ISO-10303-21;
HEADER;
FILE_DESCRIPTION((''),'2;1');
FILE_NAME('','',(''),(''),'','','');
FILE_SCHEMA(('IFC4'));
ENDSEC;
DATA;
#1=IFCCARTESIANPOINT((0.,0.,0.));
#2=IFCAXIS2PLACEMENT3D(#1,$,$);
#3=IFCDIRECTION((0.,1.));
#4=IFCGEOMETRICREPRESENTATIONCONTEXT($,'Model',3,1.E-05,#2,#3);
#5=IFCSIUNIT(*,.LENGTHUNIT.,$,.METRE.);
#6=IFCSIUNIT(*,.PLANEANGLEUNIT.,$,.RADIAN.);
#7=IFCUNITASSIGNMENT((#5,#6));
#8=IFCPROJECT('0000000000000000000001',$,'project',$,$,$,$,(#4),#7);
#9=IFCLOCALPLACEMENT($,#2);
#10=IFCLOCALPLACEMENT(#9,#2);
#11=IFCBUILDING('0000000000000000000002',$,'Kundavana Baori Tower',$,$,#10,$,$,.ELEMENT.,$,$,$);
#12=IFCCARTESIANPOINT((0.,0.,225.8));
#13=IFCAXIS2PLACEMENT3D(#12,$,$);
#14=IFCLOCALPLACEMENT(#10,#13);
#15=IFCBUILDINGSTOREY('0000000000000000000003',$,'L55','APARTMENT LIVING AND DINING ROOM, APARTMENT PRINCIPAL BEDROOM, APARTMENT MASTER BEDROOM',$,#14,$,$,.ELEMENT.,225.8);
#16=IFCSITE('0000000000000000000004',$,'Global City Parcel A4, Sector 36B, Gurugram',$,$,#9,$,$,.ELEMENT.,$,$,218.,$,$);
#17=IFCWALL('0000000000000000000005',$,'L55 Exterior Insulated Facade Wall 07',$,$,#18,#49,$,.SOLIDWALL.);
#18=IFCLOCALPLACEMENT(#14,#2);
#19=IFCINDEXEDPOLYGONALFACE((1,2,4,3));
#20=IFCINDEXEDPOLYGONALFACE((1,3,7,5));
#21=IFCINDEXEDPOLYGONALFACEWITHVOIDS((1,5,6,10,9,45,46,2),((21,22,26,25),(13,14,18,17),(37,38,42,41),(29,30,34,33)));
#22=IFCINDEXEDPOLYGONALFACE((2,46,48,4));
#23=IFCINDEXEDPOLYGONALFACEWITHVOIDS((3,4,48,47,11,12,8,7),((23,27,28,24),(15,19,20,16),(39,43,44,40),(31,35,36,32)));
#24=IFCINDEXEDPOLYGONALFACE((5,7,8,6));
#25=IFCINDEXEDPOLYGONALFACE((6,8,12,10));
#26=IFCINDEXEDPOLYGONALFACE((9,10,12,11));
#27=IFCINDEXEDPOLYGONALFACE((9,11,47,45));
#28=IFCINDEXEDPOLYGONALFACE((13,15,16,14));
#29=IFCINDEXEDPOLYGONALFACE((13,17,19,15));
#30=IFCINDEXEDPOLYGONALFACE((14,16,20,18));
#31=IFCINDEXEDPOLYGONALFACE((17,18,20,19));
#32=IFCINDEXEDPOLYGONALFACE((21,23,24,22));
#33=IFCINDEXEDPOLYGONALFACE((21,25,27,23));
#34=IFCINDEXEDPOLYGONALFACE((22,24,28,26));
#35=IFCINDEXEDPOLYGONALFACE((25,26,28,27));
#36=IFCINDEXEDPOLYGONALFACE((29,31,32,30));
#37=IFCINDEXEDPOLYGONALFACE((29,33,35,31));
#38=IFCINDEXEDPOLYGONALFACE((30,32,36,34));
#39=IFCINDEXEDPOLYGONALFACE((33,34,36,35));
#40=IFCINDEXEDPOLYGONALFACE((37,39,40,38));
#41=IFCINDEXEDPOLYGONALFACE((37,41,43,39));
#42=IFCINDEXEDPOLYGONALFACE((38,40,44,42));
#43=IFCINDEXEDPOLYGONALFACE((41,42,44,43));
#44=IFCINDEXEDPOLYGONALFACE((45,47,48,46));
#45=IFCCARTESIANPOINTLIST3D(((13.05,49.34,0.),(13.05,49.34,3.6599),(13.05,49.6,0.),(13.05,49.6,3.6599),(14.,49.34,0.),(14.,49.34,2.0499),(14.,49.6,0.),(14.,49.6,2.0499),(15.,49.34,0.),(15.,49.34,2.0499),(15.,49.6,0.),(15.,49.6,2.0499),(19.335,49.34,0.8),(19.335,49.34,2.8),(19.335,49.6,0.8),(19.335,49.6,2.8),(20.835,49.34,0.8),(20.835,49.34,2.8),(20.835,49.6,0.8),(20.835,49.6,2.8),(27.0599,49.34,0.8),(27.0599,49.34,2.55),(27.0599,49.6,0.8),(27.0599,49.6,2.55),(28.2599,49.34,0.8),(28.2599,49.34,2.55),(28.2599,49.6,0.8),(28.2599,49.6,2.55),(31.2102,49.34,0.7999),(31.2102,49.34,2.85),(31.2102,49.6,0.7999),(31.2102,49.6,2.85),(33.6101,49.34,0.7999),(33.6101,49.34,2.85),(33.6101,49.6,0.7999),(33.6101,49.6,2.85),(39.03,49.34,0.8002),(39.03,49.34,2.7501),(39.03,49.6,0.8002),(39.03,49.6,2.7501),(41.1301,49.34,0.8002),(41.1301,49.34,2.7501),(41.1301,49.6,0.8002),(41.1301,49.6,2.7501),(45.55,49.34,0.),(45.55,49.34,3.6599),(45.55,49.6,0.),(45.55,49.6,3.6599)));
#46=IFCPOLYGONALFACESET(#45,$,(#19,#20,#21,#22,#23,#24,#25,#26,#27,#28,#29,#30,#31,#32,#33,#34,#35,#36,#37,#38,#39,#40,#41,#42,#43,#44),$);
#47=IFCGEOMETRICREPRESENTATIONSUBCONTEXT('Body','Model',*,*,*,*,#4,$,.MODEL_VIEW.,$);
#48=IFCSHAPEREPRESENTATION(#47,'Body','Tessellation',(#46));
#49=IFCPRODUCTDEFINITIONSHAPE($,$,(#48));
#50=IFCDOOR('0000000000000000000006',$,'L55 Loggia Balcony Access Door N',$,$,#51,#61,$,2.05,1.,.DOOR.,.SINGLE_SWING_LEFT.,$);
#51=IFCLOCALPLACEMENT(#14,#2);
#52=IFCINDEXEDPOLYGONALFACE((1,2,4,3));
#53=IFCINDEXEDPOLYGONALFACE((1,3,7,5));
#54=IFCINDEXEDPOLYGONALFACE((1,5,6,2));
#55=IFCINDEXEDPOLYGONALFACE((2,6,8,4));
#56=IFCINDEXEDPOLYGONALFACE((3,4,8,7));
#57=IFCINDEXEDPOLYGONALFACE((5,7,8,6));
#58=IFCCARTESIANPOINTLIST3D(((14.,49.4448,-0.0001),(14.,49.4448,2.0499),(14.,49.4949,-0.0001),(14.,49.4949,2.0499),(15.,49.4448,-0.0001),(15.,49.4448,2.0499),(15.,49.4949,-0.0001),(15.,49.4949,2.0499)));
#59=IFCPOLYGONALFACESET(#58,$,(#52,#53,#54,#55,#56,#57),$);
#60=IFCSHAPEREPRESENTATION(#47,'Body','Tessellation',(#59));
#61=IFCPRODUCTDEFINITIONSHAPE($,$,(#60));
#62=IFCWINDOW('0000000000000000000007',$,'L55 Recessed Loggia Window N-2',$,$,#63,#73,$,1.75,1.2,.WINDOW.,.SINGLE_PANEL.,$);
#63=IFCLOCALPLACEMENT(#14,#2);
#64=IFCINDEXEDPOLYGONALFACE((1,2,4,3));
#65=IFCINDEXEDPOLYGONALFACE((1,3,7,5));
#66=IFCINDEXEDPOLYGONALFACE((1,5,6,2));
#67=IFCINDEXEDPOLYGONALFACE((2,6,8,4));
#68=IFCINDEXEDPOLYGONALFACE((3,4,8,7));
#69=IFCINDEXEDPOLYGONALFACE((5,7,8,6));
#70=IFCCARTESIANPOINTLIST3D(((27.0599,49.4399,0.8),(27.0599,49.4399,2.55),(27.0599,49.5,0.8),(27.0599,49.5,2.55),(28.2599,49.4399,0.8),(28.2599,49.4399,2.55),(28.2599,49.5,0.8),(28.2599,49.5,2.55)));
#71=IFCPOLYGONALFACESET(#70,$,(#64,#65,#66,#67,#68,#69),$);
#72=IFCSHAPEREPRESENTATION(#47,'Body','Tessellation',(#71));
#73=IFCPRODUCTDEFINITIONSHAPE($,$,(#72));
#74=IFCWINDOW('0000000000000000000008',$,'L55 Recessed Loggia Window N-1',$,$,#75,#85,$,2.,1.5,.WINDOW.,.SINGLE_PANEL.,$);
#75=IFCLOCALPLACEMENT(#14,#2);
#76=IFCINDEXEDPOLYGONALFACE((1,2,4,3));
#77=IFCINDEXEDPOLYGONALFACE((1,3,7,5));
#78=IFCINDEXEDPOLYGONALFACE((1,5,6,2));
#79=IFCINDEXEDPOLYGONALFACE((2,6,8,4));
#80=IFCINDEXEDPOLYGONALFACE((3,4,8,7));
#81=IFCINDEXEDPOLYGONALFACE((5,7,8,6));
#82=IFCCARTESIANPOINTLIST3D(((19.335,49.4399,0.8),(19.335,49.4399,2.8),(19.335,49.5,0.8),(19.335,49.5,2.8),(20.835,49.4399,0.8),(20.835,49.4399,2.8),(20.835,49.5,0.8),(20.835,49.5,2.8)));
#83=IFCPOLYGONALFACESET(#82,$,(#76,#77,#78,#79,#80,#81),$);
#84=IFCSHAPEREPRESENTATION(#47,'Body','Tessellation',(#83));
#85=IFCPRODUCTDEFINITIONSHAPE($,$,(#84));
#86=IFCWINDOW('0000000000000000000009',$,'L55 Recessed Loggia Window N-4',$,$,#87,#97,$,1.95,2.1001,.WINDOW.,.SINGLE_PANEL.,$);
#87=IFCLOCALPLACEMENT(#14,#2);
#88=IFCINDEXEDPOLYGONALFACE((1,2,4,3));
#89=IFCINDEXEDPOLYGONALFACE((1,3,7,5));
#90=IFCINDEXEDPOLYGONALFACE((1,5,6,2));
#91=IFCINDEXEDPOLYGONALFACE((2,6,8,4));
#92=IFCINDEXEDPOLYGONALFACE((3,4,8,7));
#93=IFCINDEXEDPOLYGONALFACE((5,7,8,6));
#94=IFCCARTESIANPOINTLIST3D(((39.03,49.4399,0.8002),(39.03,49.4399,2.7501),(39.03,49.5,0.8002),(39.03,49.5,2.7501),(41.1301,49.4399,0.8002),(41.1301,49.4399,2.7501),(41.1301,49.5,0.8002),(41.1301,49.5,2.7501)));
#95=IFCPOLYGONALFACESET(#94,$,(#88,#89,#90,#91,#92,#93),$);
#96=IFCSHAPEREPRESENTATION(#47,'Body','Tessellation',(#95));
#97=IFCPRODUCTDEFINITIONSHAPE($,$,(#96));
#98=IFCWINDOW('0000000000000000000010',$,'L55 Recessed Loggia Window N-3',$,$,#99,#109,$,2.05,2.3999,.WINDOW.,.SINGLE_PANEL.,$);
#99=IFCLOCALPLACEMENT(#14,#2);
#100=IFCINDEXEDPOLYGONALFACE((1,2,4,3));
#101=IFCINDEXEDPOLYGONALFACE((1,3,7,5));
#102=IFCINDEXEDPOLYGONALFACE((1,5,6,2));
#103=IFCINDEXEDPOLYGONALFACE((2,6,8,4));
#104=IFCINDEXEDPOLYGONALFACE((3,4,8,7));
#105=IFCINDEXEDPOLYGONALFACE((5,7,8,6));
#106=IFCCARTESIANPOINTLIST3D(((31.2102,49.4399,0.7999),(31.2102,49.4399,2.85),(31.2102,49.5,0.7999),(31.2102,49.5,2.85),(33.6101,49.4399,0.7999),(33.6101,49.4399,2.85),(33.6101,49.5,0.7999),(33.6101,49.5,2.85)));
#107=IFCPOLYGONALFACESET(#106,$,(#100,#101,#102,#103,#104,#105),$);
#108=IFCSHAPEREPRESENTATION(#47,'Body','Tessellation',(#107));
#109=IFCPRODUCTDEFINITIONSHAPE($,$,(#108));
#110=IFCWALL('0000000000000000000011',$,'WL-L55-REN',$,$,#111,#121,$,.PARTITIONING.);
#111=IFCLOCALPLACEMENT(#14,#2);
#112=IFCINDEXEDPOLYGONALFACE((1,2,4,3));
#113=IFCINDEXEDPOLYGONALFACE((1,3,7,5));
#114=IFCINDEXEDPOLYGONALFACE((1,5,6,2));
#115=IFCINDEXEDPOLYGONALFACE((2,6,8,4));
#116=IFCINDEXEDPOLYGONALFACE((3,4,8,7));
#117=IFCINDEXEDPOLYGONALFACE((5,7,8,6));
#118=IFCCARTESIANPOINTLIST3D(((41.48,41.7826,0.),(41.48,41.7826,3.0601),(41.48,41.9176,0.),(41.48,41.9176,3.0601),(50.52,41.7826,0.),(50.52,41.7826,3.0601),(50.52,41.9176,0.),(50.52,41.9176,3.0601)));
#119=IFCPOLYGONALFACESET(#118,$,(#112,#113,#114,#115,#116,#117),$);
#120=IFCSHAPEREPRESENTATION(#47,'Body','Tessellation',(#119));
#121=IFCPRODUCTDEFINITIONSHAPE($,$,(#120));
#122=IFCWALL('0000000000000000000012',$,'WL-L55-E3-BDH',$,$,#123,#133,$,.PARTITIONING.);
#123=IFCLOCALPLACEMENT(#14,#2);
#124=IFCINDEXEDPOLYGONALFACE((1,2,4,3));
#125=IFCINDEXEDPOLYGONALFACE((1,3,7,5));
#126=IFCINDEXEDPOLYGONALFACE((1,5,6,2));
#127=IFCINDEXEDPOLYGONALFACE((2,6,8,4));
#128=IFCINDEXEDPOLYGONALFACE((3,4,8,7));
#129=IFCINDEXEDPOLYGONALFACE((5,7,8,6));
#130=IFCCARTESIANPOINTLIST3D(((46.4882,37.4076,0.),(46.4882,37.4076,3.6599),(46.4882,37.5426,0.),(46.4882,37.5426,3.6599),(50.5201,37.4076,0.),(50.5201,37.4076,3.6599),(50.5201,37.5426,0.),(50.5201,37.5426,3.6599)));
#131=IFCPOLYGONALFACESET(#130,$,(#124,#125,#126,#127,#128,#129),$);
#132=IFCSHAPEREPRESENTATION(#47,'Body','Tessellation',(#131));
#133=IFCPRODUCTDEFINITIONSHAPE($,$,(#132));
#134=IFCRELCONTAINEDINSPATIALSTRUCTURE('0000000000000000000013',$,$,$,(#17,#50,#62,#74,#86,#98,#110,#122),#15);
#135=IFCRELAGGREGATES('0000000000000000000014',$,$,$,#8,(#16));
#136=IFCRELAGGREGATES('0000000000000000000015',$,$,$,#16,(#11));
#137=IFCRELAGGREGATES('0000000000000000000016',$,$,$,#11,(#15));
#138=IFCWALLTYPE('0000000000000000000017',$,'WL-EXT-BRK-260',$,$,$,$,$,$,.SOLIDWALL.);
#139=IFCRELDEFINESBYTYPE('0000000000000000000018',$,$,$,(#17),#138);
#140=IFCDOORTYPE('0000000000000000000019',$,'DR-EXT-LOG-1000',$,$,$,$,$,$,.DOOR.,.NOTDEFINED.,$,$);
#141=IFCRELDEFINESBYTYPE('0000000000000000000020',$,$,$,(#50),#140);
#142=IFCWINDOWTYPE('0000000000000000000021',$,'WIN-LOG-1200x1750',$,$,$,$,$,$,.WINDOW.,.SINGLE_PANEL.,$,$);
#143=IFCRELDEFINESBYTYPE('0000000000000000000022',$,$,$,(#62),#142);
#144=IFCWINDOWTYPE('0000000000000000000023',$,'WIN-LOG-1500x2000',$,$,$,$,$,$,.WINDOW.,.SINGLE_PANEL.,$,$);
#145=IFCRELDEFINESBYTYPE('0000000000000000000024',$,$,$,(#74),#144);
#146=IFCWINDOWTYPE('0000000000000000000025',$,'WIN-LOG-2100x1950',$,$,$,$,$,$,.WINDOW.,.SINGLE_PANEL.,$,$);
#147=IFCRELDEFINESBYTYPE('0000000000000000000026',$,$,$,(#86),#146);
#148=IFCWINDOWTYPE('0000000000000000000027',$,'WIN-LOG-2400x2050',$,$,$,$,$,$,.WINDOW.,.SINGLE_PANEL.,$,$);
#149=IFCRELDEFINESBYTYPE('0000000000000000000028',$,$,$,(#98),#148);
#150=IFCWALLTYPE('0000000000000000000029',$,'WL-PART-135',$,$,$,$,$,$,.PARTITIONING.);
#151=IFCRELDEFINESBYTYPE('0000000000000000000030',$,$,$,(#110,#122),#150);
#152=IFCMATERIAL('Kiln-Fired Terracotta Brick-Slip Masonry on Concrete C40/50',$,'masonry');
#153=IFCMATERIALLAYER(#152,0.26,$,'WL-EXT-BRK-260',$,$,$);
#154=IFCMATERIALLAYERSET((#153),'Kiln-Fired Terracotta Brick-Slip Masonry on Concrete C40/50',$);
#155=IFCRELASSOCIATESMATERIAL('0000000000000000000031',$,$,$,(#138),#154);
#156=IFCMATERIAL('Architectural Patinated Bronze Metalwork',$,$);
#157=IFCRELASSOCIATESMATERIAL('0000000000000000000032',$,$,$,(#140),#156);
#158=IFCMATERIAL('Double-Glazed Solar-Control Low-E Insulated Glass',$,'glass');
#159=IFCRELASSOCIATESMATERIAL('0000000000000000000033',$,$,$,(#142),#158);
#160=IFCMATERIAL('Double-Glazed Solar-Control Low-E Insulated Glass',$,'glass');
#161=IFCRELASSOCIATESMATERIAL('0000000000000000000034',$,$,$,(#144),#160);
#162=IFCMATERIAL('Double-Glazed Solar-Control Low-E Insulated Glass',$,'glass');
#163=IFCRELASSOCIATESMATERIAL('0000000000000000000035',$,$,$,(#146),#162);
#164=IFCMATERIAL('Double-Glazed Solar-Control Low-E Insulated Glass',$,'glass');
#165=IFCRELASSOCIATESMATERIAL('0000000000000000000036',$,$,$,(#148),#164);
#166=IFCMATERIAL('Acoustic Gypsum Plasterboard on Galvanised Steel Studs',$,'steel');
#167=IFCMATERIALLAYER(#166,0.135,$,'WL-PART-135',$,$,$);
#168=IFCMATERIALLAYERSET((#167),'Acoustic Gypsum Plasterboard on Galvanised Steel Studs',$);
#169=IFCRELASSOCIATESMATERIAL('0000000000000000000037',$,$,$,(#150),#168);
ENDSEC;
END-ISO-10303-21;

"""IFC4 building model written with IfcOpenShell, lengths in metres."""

from ifc_helpers import new_model, si_unit, direction, frame, frame_2d, origin, place, context, subcontext, project, spatial, rectangle, extrude, material, layer, layer_set, type_object, element, fill, save


model = new_model("IFC4")

# Units and contexts
model_context = context("Model", 3, precision=1e-05, world=origin(), true_north=direction((0.0, 1.0)))
body_context = subcontext(model_context, "Body", "Model", "MODEL_VIEW")
ifc_project = project(units=[si_unit("LENGTHUNIT", "METRE"), si_unit("PLANEANGLEUNIT", "RADIAN")], contexts=[model_context])

# Site, building, storey
site_placement = place(None, origin())
site = spatial("IfcSite", under=ifc_project, at=site_placement, Name="Global City Parcel A4, Sector 36B, Gurugram", CompositionType="ELEMENT", RefElevation=218.0)
building_placement = place(site_placement, origin())
building = spatial("IfcBuilding", under=site, at=building_placement, Name="Kundavana Baori Tower", CompositionType="ELEMENT")
storey_placement = place(building_placement, frame((0.0, 0.0, 225.8)))
storey = spatial("IfcBuildingStorey", under=building, at=storey_placement, Name="L55", Description="APARTMENT LIVING AND DINING ROOM, APARTMENT PRINCIPAL BEDROOM, APARTMENT MASTER BEDROOM", CompositionType="ELEMENT", Elevation=225.8)

# Shared definitions
ifc_material_1 = material(Name="Kiln-Fired Terracotta Brick-Slip Masonry on Concrete C40/50", Category="masonry")
ifc_layer_1 = layer(ifc_material_1, 0.26, Name="WL-EXT-BRK-260")
ifc_layer_set_1 = layer_set([ifc_layer_1], Name="Kiln-Fired Terracotta Brick-Slip Masonry on Concrete C40/50")
wall_type_1 = type_object("IfcWallType", Name="WL-EXT-BRK-260", PredefinedType="SOLIDWALL", material=ifc_layer_set_1)

# Wall, openings, door, windows
wall_1_placement = place(storey_placement, frame((45.55, 49.47, 0.0), z_axis=(0.0, 0.0, 1.0), x_axis=(-1.0, 0.0, 0.0)))
wall_1 = element("IfcWall", 1, at=wall_1_placement, inside=storey, type_object=wall_type_1, Name="L55 Exterior Insulated Facade Wall 07", PredefinedType="SOLIDWALL", context=body_context, shape_type="SweptSolid", body=[
    extrude(rectangle(XDim=32.5, YDim=0.26, at=frame_2d((16.25, 0.0))), origin(), (0.0, 0.0, 1.0), 3.6599),
])
opening_1_placement = place(wall_1_placement, frame((30.55, 0.0, 0.0)))
opening_1 = element("IfcOpeningElement", 2, at=opening_1_placement, cuts=wall_1, PredefinedType="OPENING", context=body_context, shape_type="SweptSolid", body=[
    extrude(rectangle(XDim=1.0, YDim=2.05, at=frame_2d((0.5, 1.0249))), frame((0.0, 0.1401, 0.0), z_axis=(0.0, -1.0, 0.0), x_axis=(1.0, 0.0, 0.0)), (0.0, 0.0, 1.0), 0.28),
])
opening_2_placement = place(wall_1_placement, frame((24.7151, 0.0, 0.8)))
opening_2 = element("IfcOpeningElement", 3, at=opening_2_placement, cuts=wall_1, PredefinedType="OPENING", context=body_context, shape_type="SweptSolid", body=[
    extrude(rectangle(XDim=1.5, YDim=2.0, at=frame_2d((0.75, 1.0))), frame((0.0, 0.1401, 0.0), z_axis=(0.0, -1.0, 0.0), x_axis=(1.0, 0.0, 0.0)), (0.0, 0.0, 1.0), 0.28),
])
opening_3_placement = place(wall_1_placement, frame((17.29, 0.0, 0.8)))
opening_3 = element("IfcOpeningElement", 4, at=opening_3_placement, cuts=wall_1, PredefinedType="OPENING", context=body_context, shape_type="SweptSolid", body=[
    extrude(rectangle(XDim=1.2, YDim=1.75, at=frame_2d((0.6001, 0.875))), frame((0.0, 0.1401, 0.0), z_axis=(0.0, -1.0, 0.0), x_axis=(1.0, 0.0, 0.0)), (0.0, 0.0, 1.0), 0.28),
])
opening_4_placement = place(wall_1_placement, frame((11.9399, 0.0, 0.8)))
opening_4 = element("IfcOpeningElement", 5, at=opening_4_placement, cuts=wall_1, PredefinedType="OPENING", context=body_context, shape_type="SweptSolid", body=[
    extrude(rectangle(XDim=2.3999, YDim=2.05, at=frame_2d((1.2, 1.0249))), frame((0.0, 0.1401, 0.0), z_axis=(0.0, -1.0, 0.0), x_axis=(1.0, 0.0, 0.0)), (0.0, 0.0, 1.0), 0.28),
])
opening_5_placement = place(wall_1_placement, frame((4.4199, 0.0, 0.8)))
opening_5 = element("IfcOpeningElement", 6, at=opening_5_placement, cuts=wall_1, PredefinedType="OPENING", context=body_context, shape_type="SweptSolid", body=[
    extrude(rectangle(XDim=2.1001, YDim=1.95, at=frame_2d((1.05, 0.9751))), frame((0.0, 0.1401, 0.0), z_axis=(0.0, -1.0, 0.0), x_axis=(1.0, 0.0, 0.0)), (0.0, 0.0, 1.0), 0.28),
])
ifc_material_2 = material(Name="Architectural Patinated Bronze Metalwork")
door_type_1 = type_object("IfcDoorType", Name="DR-EXT-LOG-1000", OperationType="NOTDEFINED", PredefinedType="DOOR", material=ifc_material_2)
door_1_placement = place(opening_1_placement, frame((1.0, 0.0, 0.0), z_axis=(0.0, 0.0, 1.0), x_axis=(-1.0, 0.0, 0.0)))
door_1 = element("IfcDoor", 7, at=door_1_placement, inside=storey, type_object=door_type_1, Name="L55 Loggia Balcony Access Door N", OperationType="SINGLE_SWING_LEFT", OverallHeight=2.05, OverallWidth=1.0, PredefinedType="DOOR", context=body_context, shape_type="SweptSolid", body=[
    extrude(rectangle(XDim=1.0, YDim=2.05, at=frame_2d((0.5, 1.0249))), frame((0.0, 0.0249, 0.0), z_axis=(0.0, -1.0, 0.0), x_axis=(1.0, 0.0, 0.0)), (0.0, 0.0, 1.0), 0.05),
])
fill(opening_1, door_1)
ifc_material_3 = material(Name="Double-Glazed Solar-Control Low-E Insulated Glass", Category="glass")
window_type_1 = type_object("IfcWindowType", Name="WIN-LOG-1200x1750", PartitioningType="SINGLE_PANEL", PredefinedType="WINDOW", material=ifc_material_3)
window_1_placement = place(opening_3_placement, origin())
window_1 = element("IfcWindow", 8, at=window_1_placement, inside=storey, type_object=window_type_1, Name="L55 Recessed Loggia Window N-2", OverallHeight=1.75, OverallWidth=1.2, PartitioningType="SINGLE_PANEL", PredefinedType="WINDOW", context=body_context, shape_type="SweptSolid", body=[
    extrude(rectangle(XDim=1.2, YDim=1.75, at=frame_2d((0.6001, 0.875))), frame((0.0, 0.03, 0.0), z_axis=(0.0, -1.0, 0.0), x_axis=(1.0, 0.0, 0.0)), (0.0, 0.0, 1.0), 0.0601),
])
fill(opening_3, window_1)
ifc_material_4 = material(Name="Double-Glazed Solar-Control Low-E Insulated Glass", Category="glass")
window_type_2 = type_object("IfcWindowType", Name="WIN-LOG-1500x2000", PartitioningType="SINGLE_PANEL", PredefinedType="WINDOW", material=ifc_material_4)
window_2_placement = place(opening_2_placement, origin())
window_2 = element("IfcWindow", 9, at=window_2_placement, inside=storey, type_object=window_type_2, Name="L55 Recessed Loggia Window N-1", OverallHeight=2.0, OverallWidth=1.5, PartitioningType="SINGLE_PANEL", PredefinedType="WINDOW", context=body_context, shape_type="SweptSolid", body=[
    extrude(rectangle(XDim=1.5, YDim=2.0, at=frame_2d((0.75, 1.0))), frame((0.0, 0.03, 0.0), z_axis=(0.0, -1.0, 0.0), x_axis=(1.0, 0.0, 0.0)), (0.0, 0.0, 1.0), 0.0601),
])
fill(opening_2, window_2)
ifc_material_5 = material(Name="Double-Glazed Solar-Control Low-E Insulated Glass", Category="glass")
window_type_3 = type_object("IfcWindowType", Name="WIN-LOG-2100x1950", PartitioningType="SINGLE_PANEL", PredefinedType="WINDOW", material=ifc_material_5)
window_3_placement = place(opening_5_placement, origin())
window_3 = element("IfcWindow", 10, at=window_3_placement, inside=storey, type_object=window_type_3, Name="L55 Recessed Loggia Window N-4", OverallHeight=1.95, OverallWidth=2.1001, PartitioningType="SINGLE_PANEL", PredefinedType="WINDOW", context=body_context, shape_type="SweptSolid", body=[
    extrude(rectangle(XDim=2.1001, YDim=1.95, at=frame_2d((1.05, 0.9751))), frame((0.0, 0.03, 0.0), z_axis=(0.0, -1.0, 0.0), x_axis=(1.0, 0.0, 0.0)), (0.0, 0.0, 1.0), 0.0601),
])
fill(opening_5, window_3)
ifc_material_6 = material(Name="Double-Glazed Solar-Control Low-E Insulated Glass", Category="glass")
window_type_4 = type_object("IfcWindowType", Name="WIN-LOG-2400x2050", PartitioningType="SINGLE_PANEL", PredefinedType="WINDOW", material=ifc_material_6)
window_4_placement = place(opening_4_placement, origin())
window_4 = element("IfcWindow", 11, at=window_4_placement, inside=storey, type_object=window_type_4, Name="L55 Recessed Loggia Window N-3", OverallHeight=2.05, OverallWidth=2.3999, PartitioningType="SINGLE_PANEL", PredefinedType="WINDOW", context=body_context, shape_type="SweptSolid", body=[
    extrude(rectangle(XDim=2.3999, YDim=2.05, at=frame_2d((1.2, 1.0249))), frame((0.0, 0.03, 0.0), z_axis=(0.0, -1.0, 0.0), x_axis=(1.0, 0.0, 0.0)), (0.0, 0.0, 1.0), 0.0601),
])
fill(opening_4, window_4)

# Walls
ifc_material_7 = material(Name="Acoustic Gypsum Plasterboard on Galvanised Steel Studs", Category="steel")
ifc_layer_2 = layer(ifc_material_7, 0.135, Name="WL-PART-135")
ifc_layer_set_2 = layer_set([ifc_layer_2], Name="Acoustic Gypsum Plasterboard on Galvanised Steel Studs")
wall_type_2 = type_object("IfcWallType", Name="WL-PART-135", PredefinedType="PARTITIONING", material=ifc_layer_set_2)
wall_2_placement = place(storey_placement, frame((41.48, 41.8501, 0.0), z_axis=(0.0, 0.0, 1.0), x_axis=(1.0, 0.0, 0.0)))
element("IfcWall", 12, at=wall_2_placement, inside=storey, type_object=wall_type_2, Name="WL-L55-REN", PredefinedType="PARTITIONING", context=body_context, shape_type="SweptSolid", body=[
    extrude(rectangle(XDim=9.04, YDim=0.135, at=frame_2d((4.52, 0.0))), origin(), (0.0, 0.0, 1.0), 3.0601),
])
wall_3_placement = place(storey_placement, frame((46.488, 37.4751, 0.0), z_axis=(0.0, 0.0, 1.0), x_axis=(1.0, 0.0, 0.0)))
element("IfcWall", 13, at=wall_3_placement, inside=storey, type_object=wall_type_2, Name="WL-L55-E3-BDH", PredefinedType="PARTITIONING", context=body_context, shape_type="SweptSolid", body=[
    extrude(rectangle(XDim=4.032, YDim=0.135, at=frame_2d((2.0161, 0.0))), origin(), (0.0, 0.0, 1.0), 3.6599),
])

save(model, "model.ifc")
